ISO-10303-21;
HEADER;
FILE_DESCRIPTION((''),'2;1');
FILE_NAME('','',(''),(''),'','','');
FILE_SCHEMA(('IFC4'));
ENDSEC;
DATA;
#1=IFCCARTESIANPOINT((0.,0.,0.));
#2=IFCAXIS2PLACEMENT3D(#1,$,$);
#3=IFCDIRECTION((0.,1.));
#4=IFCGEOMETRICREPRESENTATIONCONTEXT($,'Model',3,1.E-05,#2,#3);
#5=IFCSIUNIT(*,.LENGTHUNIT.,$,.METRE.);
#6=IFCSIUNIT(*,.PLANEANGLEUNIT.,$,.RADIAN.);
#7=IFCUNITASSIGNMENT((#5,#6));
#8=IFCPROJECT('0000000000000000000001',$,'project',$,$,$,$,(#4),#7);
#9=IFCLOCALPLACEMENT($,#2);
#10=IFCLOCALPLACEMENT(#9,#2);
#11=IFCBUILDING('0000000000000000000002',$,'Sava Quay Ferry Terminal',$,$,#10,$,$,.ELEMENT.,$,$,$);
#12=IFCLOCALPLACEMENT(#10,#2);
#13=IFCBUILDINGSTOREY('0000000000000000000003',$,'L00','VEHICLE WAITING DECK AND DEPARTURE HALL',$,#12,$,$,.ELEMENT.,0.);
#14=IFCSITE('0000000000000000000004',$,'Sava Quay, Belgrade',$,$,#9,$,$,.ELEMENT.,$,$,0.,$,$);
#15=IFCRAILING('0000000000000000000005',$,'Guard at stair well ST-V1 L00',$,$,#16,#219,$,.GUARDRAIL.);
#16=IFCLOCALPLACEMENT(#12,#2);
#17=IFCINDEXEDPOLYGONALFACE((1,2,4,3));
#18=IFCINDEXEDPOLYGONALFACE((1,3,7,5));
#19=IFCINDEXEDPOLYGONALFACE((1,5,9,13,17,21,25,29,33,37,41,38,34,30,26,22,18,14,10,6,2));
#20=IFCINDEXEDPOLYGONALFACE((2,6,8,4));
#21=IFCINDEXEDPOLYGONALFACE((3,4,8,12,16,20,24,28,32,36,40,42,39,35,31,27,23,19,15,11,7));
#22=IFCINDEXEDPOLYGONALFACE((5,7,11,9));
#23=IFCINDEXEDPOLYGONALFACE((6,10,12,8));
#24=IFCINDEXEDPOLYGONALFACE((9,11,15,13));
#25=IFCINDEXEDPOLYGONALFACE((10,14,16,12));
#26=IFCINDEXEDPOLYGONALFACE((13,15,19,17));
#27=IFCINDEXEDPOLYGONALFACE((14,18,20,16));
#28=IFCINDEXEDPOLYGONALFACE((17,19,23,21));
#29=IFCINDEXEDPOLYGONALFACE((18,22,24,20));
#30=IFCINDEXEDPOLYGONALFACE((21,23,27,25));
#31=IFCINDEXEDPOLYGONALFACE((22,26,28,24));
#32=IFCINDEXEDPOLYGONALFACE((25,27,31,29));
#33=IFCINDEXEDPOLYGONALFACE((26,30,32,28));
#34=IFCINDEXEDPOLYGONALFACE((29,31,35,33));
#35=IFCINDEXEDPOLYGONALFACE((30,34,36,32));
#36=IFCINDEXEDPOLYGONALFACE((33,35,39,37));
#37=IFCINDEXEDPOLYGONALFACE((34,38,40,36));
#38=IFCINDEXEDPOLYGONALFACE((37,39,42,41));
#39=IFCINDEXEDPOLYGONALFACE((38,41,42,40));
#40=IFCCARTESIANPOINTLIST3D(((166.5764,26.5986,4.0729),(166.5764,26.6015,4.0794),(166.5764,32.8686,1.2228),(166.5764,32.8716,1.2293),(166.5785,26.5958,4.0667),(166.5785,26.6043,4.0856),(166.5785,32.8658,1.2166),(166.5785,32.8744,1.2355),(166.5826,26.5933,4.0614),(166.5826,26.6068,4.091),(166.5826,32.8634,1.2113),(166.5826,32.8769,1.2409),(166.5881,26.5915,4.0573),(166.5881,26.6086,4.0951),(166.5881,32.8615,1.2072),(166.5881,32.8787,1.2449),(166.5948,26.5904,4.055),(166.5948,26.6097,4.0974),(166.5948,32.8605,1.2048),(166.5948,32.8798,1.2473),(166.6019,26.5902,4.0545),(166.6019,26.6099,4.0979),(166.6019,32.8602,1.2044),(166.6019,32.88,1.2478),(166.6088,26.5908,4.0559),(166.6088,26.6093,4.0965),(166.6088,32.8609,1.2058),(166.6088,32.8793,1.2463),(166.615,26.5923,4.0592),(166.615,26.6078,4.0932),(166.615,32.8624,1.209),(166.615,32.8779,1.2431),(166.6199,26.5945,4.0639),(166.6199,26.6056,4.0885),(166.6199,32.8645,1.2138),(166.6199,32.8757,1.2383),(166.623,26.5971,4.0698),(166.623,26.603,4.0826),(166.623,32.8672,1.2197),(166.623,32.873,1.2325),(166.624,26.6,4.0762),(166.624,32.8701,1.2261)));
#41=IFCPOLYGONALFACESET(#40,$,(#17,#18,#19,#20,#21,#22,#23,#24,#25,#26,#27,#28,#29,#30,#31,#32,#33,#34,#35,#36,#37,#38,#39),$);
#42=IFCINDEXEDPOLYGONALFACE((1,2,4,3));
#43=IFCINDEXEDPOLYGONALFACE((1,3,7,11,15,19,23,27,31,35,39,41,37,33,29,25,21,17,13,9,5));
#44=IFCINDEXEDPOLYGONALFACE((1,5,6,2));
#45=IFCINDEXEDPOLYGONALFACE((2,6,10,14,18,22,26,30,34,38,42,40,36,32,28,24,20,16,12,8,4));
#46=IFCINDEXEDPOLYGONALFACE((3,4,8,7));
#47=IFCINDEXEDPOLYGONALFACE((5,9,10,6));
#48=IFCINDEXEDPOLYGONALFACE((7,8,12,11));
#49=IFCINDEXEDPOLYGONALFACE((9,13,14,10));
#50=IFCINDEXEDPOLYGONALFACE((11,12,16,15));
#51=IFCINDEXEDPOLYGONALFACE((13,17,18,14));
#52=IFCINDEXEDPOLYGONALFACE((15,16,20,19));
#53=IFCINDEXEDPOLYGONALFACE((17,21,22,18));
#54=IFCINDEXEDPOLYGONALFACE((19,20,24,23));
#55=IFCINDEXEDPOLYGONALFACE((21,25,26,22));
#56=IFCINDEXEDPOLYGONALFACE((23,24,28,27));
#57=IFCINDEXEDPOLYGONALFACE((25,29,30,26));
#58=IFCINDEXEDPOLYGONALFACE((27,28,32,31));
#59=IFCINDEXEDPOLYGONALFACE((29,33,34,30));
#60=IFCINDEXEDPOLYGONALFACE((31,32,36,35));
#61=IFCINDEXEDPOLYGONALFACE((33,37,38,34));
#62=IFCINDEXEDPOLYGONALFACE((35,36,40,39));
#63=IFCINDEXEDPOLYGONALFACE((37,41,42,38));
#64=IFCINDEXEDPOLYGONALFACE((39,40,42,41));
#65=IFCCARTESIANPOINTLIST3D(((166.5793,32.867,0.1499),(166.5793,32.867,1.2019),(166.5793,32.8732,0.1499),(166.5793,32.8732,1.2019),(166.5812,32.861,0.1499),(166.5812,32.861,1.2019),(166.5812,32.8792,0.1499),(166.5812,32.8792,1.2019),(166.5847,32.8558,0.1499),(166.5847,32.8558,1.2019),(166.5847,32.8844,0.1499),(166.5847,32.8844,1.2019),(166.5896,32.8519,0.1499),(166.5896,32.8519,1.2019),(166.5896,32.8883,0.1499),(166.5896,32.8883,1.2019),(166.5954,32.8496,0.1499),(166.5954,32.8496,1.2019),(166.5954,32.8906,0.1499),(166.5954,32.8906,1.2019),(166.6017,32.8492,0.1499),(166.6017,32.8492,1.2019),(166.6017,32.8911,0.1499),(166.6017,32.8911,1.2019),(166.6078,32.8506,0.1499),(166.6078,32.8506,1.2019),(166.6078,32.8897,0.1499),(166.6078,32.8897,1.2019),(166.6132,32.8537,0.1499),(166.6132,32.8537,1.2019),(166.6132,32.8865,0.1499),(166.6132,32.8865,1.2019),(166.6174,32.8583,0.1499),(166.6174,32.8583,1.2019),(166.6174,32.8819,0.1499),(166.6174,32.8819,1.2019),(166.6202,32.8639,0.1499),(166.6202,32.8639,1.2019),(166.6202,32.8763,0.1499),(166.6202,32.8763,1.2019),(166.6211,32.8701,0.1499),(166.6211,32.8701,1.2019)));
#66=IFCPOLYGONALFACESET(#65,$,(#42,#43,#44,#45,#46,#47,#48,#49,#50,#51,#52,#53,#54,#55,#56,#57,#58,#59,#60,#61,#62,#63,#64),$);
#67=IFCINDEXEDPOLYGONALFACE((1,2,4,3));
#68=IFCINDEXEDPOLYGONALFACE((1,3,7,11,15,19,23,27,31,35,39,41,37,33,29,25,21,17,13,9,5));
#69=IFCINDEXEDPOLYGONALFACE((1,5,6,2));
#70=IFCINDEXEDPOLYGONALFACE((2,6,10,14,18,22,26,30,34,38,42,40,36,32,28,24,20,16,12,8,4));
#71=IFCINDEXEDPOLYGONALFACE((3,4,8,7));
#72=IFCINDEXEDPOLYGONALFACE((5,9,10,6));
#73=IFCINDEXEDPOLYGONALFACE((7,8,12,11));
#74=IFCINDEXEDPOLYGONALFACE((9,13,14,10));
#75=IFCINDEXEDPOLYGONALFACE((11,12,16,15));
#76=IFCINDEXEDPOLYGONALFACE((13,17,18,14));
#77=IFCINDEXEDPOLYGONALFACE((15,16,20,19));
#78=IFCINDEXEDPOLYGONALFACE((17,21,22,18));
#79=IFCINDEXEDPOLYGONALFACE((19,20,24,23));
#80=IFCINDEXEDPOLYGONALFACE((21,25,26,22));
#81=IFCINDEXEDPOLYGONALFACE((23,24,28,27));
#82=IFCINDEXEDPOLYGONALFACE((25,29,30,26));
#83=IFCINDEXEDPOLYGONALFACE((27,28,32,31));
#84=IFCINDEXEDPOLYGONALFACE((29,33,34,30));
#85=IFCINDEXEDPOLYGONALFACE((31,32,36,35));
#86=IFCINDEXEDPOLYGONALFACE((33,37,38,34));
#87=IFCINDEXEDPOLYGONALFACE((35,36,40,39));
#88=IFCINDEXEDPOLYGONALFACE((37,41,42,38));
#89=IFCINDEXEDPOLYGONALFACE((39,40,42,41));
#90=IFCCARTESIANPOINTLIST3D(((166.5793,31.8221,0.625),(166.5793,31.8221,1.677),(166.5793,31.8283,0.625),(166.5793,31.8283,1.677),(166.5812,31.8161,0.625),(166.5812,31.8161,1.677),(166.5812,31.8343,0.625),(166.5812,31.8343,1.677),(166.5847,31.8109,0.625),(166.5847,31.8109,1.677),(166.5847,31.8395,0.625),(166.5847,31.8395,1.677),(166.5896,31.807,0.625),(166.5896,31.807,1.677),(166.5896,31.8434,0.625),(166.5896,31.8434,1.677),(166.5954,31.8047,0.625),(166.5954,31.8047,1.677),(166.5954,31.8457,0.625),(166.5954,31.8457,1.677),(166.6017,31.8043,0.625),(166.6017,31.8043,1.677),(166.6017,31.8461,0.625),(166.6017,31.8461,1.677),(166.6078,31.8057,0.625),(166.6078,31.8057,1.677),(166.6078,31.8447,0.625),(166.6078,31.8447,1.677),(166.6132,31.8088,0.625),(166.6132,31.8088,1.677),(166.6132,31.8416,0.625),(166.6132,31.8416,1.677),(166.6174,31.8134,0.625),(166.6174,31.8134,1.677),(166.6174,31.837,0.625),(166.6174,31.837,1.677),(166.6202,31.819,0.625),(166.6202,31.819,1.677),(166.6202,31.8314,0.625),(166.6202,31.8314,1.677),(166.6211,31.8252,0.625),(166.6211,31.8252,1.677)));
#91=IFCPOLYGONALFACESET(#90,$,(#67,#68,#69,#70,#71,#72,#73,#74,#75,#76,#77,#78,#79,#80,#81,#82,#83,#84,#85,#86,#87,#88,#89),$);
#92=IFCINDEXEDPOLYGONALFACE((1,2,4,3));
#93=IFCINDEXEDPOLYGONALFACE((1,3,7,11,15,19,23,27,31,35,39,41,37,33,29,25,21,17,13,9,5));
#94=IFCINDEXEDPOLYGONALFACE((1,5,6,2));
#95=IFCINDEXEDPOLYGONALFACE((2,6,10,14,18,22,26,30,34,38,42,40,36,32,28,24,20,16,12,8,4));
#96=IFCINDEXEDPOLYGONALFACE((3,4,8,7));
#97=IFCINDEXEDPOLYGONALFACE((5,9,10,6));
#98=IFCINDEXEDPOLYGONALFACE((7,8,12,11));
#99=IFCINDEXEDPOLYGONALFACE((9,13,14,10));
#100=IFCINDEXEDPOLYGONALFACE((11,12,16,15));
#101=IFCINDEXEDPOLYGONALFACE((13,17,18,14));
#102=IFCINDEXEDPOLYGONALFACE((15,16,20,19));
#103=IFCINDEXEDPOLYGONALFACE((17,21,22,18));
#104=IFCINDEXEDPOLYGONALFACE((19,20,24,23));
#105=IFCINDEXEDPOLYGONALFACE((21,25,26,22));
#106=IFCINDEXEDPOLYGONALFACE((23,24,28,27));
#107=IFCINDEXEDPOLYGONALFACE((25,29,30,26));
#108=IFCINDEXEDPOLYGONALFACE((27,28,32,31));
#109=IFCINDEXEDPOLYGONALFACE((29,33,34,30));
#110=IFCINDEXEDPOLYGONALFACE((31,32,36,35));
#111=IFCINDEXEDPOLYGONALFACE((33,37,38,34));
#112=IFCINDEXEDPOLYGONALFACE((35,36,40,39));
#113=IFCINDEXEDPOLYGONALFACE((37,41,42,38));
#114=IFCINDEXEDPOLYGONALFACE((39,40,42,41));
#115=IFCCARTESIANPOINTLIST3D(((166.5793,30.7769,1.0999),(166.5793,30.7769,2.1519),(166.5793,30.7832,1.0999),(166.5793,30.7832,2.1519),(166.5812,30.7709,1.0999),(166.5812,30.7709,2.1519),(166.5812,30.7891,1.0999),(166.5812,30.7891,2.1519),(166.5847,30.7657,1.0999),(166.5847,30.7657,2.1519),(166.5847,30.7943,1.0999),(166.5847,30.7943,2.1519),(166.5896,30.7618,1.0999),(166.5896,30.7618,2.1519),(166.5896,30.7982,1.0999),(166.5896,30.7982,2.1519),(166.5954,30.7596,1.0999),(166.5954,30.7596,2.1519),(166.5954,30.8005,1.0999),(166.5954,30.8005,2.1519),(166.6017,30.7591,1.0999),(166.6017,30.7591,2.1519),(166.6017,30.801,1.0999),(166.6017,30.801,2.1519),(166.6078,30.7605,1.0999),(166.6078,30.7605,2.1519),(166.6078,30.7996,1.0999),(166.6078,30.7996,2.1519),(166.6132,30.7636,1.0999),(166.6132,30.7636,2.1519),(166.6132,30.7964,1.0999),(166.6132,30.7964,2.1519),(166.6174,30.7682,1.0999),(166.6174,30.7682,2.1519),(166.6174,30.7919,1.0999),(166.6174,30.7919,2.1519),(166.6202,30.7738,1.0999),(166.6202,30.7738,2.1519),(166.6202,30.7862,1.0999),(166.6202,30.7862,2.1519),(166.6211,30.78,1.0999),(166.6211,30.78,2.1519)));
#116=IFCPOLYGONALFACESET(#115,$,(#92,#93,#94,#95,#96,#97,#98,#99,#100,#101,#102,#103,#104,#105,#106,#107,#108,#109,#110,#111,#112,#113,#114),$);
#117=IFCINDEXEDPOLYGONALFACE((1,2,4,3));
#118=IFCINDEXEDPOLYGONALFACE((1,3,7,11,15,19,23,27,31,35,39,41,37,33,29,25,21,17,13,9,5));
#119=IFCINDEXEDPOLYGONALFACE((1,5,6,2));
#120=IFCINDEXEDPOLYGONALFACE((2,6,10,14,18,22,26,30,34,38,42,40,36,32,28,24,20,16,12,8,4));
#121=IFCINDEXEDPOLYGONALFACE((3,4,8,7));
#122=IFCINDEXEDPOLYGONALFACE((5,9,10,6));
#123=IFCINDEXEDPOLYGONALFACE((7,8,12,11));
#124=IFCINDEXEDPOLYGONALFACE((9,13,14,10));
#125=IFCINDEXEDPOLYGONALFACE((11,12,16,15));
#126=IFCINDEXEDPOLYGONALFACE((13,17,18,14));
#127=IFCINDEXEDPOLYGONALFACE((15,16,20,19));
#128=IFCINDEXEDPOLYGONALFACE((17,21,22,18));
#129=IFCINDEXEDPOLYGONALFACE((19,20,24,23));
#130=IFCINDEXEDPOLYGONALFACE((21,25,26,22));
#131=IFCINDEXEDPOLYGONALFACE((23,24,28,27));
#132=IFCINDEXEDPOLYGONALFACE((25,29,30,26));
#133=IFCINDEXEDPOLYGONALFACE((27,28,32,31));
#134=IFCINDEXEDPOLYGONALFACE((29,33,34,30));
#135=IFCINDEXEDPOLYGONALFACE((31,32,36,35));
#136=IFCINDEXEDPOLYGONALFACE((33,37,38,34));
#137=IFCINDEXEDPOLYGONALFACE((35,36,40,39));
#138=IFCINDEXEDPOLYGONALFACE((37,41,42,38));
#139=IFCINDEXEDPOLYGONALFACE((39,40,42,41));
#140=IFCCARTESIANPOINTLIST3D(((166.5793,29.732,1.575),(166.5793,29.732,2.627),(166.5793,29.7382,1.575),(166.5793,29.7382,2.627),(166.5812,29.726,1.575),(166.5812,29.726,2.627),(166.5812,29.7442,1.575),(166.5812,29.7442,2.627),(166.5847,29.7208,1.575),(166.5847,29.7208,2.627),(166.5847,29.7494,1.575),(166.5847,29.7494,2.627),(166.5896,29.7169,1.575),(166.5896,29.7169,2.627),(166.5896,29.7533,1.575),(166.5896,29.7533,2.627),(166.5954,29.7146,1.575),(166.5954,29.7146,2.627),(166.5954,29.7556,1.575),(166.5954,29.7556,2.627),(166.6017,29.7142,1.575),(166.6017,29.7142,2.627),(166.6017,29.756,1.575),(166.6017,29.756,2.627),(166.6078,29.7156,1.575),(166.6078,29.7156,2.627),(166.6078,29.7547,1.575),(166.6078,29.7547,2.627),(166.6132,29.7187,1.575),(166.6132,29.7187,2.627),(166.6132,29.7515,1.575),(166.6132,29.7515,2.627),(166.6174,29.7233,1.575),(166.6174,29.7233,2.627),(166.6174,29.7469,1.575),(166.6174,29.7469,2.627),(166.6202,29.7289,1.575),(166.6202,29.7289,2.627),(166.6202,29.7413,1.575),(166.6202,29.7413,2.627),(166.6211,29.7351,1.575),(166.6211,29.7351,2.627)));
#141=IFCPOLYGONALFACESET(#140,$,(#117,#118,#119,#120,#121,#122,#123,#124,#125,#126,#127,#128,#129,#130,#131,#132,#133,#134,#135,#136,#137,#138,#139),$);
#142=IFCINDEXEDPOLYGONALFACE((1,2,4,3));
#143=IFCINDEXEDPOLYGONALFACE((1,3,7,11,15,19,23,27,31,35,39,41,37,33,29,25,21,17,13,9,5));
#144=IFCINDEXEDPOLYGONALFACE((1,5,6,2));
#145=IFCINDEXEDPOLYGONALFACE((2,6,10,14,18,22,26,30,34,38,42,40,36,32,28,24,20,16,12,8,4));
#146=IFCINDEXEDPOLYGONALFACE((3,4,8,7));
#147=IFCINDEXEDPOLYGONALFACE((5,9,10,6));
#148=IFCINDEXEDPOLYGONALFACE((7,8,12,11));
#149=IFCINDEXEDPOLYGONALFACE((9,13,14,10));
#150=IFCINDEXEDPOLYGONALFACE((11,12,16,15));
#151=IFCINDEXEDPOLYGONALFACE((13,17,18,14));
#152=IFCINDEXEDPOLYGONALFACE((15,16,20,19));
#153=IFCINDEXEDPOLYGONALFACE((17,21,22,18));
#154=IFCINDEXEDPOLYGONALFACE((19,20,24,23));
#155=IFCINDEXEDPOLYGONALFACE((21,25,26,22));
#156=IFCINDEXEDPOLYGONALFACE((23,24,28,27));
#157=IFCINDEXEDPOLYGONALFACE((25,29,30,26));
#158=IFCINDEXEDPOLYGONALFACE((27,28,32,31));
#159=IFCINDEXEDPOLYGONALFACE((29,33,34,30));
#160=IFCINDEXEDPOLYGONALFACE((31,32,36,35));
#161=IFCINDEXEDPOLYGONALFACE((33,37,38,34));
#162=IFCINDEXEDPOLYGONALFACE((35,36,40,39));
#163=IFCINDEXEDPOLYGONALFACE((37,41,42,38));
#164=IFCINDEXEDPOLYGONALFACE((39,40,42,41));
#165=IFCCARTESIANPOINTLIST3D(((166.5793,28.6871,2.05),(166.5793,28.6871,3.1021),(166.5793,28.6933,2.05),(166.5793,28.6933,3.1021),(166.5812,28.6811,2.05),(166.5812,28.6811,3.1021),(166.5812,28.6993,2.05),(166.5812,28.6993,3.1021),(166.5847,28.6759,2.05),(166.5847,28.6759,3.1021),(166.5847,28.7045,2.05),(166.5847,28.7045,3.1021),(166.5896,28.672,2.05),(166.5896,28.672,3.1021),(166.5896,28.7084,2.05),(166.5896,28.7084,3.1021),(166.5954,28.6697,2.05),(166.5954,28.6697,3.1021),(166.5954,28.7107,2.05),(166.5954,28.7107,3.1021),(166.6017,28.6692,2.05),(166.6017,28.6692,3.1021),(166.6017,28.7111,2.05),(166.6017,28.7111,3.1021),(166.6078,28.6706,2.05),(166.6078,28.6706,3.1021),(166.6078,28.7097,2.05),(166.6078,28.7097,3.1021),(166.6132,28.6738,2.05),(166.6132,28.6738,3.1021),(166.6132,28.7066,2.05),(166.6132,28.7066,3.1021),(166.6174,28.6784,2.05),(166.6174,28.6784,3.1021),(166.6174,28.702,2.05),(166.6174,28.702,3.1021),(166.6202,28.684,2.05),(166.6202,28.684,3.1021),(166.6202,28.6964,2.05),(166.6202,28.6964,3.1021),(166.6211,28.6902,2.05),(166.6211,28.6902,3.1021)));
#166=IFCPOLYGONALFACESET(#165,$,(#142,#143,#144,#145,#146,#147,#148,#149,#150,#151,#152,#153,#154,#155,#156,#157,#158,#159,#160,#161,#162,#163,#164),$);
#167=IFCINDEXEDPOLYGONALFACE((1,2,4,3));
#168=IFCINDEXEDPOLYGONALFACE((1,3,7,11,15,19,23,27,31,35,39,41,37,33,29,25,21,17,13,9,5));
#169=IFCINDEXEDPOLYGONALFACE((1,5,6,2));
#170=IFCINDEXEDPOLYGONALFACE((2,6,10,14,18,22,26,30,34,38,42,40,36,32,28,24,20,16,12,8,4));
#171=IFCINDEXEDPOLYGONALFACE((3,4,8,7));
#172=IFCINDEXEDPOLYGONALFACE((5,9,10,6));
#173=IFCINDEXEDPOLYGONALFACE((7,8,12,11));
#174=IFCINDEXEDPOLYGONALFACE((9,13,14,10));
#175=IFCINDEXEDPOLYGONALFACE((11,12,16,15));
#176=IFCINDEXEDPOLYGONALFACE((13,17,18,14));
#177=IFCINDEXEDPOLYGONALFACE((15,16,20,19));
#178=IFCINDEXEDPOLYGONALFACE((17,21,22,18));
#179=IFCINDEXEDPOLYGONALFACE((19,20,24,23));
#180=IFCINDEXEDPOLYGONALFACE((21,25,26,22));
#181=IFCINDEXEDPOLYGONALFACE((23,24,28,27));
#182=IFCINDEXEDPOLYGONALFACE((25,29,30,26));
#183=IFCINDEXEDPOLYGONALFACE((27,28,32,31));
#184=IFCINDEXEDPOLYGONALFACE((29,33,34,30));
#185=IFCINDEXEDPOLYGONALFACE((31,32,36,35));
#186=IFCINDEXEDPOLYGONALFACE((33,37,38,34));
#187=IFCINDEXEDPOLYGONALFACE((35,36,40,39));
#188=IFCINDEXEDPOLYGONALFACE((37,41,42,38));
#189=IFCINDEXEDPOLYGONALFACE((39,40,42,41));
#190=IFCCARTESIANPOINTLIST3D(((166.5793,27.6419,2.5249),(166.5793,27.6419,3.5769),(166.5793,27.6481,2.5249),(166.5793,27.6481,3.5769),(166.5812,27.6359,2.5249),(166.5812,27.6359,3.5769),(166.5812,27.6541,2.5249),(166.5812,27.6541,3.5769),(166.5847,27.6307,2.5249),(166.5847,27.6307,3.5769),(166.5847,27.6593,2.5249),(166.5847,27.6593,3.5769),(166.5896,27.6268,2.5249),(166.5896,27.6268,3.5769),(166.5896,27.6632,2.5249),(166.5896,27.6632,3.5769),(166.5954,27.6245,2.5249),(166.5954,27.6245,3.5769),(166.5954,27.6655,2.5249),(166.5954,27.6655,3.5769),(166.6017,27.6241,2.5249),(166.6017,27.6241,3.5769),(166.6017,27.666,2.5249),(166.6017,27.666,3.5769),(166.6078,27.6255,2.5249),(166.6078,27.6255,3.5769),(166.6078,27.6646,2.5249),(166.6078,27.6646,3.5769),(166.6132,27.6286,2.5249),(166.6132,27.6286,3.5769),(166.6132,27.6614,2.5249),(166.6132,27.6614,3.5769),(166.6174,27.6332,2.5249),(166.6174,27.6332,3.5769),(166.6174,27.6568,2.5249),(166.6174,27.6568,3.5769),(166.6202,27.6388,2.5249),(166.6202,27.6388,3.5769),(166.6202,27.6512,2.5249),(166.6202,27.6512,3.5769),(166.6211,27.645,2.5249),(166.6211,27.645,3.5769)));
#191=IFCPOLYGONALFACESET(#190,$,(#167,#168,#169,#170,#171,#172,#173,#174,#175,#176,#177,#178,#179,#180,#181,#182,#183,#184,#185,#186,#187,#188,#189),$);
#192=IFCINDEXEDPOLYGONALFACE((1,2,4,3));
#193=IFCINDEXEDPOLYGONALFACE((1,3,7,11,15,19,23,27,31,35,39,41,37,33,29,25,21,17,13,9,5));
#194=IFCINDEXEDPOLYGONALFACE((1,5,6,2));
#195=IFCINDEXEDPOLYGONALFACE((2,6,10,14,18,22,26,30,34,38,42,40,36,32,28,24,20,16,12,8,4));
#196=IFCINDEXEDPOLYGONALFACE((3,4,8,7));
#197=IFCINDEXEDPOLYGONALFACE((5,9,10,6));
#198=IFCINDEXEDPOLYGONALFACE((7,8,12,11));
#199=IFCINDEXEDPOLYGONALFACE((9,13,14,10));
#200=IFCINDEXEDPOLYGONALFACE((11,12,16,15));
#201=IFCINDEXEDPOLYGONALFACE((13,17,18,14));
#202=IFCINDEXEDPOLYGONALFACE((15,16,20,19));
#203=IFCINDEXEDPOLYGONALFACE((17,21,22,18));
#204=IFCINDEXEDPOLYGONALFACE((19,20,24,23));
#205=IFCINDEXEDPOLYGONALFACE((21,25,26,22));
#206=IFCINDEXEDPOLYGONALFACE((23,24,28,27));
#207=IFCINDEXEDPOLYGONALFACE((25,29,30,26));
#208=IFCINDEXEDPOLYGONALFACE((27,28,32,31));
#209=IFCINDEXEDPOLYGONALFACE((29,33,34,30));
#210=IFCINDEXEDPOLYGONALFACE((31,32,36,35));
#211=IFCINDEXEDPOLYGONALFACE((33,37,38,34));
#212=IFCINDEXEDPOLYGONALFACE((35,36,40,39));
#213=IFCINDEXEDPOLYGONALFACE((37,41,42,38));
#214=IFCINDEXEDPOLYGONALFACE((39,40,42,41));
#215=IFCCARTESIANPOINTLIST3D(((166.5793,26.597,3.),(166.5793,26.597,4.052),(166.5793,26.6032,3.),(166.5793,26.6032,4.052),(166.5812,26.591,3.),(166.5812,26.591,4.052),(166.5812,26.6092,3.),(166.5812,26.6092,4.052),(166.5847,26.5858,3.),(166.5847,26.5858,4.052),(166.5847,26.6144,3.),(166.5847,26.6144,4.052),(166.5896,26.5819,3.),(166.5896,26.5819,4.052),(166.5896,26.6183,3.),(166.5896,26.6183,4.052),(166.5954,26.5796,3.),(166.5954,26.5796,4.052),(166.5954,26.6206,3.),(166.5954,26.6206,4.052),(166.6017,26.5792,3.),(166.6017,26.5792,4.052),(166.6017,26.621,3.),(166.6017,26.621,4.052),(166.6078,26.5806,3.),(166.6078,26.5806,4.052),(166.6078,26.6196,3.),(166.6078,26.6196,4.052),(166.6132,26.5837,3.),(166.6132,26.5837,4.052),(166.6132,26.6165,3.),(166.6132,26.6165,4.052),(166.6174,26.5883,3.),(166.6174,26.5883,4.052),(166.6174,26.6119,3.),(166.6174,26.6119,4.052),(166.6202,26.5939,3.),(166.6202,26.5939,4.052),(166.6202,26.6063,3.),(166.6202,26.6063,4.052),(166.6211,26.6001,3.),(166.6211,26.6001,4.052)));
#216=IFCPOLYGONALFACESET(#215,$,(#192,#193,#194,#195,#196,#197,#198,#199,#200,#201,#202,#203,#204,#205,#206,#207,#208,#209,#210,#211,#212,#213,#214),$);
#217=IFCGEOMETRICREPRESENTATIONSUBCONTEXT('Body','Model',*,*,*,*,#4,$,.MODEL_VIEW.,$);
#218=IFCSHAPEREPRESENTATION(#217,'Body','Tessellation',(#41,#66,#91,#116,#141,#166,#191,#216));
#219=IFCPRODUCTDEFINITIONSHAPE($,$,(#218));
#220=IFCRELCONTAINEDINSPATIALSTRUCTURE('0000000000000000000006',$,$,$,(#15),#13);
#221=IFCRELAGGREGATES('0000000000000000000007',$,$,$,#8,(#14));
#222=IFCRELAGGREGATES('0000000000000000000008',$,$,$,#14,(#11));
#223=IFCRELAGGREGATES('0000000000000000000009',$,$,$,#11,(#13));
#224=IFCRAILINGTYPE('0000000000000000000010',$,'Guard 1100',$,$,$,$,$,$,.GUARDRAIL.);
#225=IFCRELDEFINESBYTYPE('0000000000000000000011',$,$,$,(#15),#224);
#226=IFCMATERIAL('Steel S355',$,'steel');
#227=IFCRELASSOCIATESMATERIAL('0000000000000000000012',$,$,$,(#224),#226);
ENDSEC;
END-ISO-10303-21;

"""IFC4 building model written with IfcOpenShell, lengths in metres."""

from ifc_helpers import new_model, si_unit, direction, frame, origin, origin_2d, place, context, subcontext, project, spatial, circle, extrude, material, type_object, element, save


model = new_model("IFC4")

# Units and contexts
model_context = context("Model", 3, precision=1e-05, world=origin(), true_north=direction((0.0, 1.0)))
body_context = subcontext(model_context, "Body", "Model", "MODEL_VIEW")
ifc_project = project(units=[si_unit("LENGTHUNIT", "METRE"), si_unit("PLANEANGLEUNIT", "RADIAN")], contexts=[model_context])

# Site, building, storey
site_placement = place(None, origin())
site = spatial("IfcSite", under=ifc_project, at=site_placement, Name="Sava Quay, Belgrade", CompositionType="ELEMENT", RefElevation=0.0)
building_placement = place(site_placement, origin())
building = spatial("IfcBuilding", under=site, at=building_placement, Name="Sava Quay Ferry Terminal", CompositionType="ELEMENT")
storey_placement = place(building_placement, origin())
storey = spatial("IfcBuildingStorey", under=building, at=storey_placement, Name="L00", Description="VEHICLE WAITING DECK AND DEPARTURE HALL", CompositionType="ELEMENT", Elevation=0.0)

# Railing
ifc_material_1 = material(Name="Steel S355", Category="steel")
railing_type_1 = type_object("IfcRailingType", Name="Guard 1100", PredefinedType="GUARDRAIL", material=ifc_material_1)
railing_1_placement = place(storey_placement, frame((166.6001, 32.8701, 0.1499)))
element("IfcRailing", 1, at=railing_1_placement, inside=storey, type_object=railing_type_1, Name="Guard at stair well ST-V1 L00", PredefinedType="GUARDRAIL", context=body_context, shape_type="SweptSolid", body=[
    extrude(circle(Radius=0.0239, at=origin_2d()), frame((0.0, 0.0, 1.0762), z_axis=(0.0, -0.910362, 0.413814), x_axis=(1.0, 0.0, 0.0)), (0.0, 0.0, 1.0), 6.8875),
    extrude(circle(Radius=0.021, at=origin_2d()), origin(), (0.0, 0.0, 1.0), 1.052),
    extrude(circle(Radius=0.021, at=origin_2d()), frame((0.0, -1.0449, 0.4751)), (0.0, 0.0, 1.0), 1.052),
    extrude(circle(Radius=0.021, at=origin_2d()), frame((0.0, -2.0901, 0.95)), (0.0, 0.0, 1.0), 1.052),
    extrude(circle(Radius=0.021, at=origin_2d()), frame((0.0, -3.135, 1.425)), (0.0, 0.0, 1.0), 1.052),
    extrude(circle(Radius=0.021, at=origin_2d()), frame((0.0, -4.1799, 1.9001)), (0.0, 0.0, 1.0), 1.052),
    extrude(circle(Radius=0.021, at=origin_2d()), frame((0.0, -5.2251, 2.375)), (0.0, 0.0, 1.0), 1.052),
    extrude(circle(Radius=0.021, at=origin_2d()), frame((0.0, -6.27, 2.8501)), (0.0, 0.0, 1.0), 1.052),
])

save(model, "model.ifc")
